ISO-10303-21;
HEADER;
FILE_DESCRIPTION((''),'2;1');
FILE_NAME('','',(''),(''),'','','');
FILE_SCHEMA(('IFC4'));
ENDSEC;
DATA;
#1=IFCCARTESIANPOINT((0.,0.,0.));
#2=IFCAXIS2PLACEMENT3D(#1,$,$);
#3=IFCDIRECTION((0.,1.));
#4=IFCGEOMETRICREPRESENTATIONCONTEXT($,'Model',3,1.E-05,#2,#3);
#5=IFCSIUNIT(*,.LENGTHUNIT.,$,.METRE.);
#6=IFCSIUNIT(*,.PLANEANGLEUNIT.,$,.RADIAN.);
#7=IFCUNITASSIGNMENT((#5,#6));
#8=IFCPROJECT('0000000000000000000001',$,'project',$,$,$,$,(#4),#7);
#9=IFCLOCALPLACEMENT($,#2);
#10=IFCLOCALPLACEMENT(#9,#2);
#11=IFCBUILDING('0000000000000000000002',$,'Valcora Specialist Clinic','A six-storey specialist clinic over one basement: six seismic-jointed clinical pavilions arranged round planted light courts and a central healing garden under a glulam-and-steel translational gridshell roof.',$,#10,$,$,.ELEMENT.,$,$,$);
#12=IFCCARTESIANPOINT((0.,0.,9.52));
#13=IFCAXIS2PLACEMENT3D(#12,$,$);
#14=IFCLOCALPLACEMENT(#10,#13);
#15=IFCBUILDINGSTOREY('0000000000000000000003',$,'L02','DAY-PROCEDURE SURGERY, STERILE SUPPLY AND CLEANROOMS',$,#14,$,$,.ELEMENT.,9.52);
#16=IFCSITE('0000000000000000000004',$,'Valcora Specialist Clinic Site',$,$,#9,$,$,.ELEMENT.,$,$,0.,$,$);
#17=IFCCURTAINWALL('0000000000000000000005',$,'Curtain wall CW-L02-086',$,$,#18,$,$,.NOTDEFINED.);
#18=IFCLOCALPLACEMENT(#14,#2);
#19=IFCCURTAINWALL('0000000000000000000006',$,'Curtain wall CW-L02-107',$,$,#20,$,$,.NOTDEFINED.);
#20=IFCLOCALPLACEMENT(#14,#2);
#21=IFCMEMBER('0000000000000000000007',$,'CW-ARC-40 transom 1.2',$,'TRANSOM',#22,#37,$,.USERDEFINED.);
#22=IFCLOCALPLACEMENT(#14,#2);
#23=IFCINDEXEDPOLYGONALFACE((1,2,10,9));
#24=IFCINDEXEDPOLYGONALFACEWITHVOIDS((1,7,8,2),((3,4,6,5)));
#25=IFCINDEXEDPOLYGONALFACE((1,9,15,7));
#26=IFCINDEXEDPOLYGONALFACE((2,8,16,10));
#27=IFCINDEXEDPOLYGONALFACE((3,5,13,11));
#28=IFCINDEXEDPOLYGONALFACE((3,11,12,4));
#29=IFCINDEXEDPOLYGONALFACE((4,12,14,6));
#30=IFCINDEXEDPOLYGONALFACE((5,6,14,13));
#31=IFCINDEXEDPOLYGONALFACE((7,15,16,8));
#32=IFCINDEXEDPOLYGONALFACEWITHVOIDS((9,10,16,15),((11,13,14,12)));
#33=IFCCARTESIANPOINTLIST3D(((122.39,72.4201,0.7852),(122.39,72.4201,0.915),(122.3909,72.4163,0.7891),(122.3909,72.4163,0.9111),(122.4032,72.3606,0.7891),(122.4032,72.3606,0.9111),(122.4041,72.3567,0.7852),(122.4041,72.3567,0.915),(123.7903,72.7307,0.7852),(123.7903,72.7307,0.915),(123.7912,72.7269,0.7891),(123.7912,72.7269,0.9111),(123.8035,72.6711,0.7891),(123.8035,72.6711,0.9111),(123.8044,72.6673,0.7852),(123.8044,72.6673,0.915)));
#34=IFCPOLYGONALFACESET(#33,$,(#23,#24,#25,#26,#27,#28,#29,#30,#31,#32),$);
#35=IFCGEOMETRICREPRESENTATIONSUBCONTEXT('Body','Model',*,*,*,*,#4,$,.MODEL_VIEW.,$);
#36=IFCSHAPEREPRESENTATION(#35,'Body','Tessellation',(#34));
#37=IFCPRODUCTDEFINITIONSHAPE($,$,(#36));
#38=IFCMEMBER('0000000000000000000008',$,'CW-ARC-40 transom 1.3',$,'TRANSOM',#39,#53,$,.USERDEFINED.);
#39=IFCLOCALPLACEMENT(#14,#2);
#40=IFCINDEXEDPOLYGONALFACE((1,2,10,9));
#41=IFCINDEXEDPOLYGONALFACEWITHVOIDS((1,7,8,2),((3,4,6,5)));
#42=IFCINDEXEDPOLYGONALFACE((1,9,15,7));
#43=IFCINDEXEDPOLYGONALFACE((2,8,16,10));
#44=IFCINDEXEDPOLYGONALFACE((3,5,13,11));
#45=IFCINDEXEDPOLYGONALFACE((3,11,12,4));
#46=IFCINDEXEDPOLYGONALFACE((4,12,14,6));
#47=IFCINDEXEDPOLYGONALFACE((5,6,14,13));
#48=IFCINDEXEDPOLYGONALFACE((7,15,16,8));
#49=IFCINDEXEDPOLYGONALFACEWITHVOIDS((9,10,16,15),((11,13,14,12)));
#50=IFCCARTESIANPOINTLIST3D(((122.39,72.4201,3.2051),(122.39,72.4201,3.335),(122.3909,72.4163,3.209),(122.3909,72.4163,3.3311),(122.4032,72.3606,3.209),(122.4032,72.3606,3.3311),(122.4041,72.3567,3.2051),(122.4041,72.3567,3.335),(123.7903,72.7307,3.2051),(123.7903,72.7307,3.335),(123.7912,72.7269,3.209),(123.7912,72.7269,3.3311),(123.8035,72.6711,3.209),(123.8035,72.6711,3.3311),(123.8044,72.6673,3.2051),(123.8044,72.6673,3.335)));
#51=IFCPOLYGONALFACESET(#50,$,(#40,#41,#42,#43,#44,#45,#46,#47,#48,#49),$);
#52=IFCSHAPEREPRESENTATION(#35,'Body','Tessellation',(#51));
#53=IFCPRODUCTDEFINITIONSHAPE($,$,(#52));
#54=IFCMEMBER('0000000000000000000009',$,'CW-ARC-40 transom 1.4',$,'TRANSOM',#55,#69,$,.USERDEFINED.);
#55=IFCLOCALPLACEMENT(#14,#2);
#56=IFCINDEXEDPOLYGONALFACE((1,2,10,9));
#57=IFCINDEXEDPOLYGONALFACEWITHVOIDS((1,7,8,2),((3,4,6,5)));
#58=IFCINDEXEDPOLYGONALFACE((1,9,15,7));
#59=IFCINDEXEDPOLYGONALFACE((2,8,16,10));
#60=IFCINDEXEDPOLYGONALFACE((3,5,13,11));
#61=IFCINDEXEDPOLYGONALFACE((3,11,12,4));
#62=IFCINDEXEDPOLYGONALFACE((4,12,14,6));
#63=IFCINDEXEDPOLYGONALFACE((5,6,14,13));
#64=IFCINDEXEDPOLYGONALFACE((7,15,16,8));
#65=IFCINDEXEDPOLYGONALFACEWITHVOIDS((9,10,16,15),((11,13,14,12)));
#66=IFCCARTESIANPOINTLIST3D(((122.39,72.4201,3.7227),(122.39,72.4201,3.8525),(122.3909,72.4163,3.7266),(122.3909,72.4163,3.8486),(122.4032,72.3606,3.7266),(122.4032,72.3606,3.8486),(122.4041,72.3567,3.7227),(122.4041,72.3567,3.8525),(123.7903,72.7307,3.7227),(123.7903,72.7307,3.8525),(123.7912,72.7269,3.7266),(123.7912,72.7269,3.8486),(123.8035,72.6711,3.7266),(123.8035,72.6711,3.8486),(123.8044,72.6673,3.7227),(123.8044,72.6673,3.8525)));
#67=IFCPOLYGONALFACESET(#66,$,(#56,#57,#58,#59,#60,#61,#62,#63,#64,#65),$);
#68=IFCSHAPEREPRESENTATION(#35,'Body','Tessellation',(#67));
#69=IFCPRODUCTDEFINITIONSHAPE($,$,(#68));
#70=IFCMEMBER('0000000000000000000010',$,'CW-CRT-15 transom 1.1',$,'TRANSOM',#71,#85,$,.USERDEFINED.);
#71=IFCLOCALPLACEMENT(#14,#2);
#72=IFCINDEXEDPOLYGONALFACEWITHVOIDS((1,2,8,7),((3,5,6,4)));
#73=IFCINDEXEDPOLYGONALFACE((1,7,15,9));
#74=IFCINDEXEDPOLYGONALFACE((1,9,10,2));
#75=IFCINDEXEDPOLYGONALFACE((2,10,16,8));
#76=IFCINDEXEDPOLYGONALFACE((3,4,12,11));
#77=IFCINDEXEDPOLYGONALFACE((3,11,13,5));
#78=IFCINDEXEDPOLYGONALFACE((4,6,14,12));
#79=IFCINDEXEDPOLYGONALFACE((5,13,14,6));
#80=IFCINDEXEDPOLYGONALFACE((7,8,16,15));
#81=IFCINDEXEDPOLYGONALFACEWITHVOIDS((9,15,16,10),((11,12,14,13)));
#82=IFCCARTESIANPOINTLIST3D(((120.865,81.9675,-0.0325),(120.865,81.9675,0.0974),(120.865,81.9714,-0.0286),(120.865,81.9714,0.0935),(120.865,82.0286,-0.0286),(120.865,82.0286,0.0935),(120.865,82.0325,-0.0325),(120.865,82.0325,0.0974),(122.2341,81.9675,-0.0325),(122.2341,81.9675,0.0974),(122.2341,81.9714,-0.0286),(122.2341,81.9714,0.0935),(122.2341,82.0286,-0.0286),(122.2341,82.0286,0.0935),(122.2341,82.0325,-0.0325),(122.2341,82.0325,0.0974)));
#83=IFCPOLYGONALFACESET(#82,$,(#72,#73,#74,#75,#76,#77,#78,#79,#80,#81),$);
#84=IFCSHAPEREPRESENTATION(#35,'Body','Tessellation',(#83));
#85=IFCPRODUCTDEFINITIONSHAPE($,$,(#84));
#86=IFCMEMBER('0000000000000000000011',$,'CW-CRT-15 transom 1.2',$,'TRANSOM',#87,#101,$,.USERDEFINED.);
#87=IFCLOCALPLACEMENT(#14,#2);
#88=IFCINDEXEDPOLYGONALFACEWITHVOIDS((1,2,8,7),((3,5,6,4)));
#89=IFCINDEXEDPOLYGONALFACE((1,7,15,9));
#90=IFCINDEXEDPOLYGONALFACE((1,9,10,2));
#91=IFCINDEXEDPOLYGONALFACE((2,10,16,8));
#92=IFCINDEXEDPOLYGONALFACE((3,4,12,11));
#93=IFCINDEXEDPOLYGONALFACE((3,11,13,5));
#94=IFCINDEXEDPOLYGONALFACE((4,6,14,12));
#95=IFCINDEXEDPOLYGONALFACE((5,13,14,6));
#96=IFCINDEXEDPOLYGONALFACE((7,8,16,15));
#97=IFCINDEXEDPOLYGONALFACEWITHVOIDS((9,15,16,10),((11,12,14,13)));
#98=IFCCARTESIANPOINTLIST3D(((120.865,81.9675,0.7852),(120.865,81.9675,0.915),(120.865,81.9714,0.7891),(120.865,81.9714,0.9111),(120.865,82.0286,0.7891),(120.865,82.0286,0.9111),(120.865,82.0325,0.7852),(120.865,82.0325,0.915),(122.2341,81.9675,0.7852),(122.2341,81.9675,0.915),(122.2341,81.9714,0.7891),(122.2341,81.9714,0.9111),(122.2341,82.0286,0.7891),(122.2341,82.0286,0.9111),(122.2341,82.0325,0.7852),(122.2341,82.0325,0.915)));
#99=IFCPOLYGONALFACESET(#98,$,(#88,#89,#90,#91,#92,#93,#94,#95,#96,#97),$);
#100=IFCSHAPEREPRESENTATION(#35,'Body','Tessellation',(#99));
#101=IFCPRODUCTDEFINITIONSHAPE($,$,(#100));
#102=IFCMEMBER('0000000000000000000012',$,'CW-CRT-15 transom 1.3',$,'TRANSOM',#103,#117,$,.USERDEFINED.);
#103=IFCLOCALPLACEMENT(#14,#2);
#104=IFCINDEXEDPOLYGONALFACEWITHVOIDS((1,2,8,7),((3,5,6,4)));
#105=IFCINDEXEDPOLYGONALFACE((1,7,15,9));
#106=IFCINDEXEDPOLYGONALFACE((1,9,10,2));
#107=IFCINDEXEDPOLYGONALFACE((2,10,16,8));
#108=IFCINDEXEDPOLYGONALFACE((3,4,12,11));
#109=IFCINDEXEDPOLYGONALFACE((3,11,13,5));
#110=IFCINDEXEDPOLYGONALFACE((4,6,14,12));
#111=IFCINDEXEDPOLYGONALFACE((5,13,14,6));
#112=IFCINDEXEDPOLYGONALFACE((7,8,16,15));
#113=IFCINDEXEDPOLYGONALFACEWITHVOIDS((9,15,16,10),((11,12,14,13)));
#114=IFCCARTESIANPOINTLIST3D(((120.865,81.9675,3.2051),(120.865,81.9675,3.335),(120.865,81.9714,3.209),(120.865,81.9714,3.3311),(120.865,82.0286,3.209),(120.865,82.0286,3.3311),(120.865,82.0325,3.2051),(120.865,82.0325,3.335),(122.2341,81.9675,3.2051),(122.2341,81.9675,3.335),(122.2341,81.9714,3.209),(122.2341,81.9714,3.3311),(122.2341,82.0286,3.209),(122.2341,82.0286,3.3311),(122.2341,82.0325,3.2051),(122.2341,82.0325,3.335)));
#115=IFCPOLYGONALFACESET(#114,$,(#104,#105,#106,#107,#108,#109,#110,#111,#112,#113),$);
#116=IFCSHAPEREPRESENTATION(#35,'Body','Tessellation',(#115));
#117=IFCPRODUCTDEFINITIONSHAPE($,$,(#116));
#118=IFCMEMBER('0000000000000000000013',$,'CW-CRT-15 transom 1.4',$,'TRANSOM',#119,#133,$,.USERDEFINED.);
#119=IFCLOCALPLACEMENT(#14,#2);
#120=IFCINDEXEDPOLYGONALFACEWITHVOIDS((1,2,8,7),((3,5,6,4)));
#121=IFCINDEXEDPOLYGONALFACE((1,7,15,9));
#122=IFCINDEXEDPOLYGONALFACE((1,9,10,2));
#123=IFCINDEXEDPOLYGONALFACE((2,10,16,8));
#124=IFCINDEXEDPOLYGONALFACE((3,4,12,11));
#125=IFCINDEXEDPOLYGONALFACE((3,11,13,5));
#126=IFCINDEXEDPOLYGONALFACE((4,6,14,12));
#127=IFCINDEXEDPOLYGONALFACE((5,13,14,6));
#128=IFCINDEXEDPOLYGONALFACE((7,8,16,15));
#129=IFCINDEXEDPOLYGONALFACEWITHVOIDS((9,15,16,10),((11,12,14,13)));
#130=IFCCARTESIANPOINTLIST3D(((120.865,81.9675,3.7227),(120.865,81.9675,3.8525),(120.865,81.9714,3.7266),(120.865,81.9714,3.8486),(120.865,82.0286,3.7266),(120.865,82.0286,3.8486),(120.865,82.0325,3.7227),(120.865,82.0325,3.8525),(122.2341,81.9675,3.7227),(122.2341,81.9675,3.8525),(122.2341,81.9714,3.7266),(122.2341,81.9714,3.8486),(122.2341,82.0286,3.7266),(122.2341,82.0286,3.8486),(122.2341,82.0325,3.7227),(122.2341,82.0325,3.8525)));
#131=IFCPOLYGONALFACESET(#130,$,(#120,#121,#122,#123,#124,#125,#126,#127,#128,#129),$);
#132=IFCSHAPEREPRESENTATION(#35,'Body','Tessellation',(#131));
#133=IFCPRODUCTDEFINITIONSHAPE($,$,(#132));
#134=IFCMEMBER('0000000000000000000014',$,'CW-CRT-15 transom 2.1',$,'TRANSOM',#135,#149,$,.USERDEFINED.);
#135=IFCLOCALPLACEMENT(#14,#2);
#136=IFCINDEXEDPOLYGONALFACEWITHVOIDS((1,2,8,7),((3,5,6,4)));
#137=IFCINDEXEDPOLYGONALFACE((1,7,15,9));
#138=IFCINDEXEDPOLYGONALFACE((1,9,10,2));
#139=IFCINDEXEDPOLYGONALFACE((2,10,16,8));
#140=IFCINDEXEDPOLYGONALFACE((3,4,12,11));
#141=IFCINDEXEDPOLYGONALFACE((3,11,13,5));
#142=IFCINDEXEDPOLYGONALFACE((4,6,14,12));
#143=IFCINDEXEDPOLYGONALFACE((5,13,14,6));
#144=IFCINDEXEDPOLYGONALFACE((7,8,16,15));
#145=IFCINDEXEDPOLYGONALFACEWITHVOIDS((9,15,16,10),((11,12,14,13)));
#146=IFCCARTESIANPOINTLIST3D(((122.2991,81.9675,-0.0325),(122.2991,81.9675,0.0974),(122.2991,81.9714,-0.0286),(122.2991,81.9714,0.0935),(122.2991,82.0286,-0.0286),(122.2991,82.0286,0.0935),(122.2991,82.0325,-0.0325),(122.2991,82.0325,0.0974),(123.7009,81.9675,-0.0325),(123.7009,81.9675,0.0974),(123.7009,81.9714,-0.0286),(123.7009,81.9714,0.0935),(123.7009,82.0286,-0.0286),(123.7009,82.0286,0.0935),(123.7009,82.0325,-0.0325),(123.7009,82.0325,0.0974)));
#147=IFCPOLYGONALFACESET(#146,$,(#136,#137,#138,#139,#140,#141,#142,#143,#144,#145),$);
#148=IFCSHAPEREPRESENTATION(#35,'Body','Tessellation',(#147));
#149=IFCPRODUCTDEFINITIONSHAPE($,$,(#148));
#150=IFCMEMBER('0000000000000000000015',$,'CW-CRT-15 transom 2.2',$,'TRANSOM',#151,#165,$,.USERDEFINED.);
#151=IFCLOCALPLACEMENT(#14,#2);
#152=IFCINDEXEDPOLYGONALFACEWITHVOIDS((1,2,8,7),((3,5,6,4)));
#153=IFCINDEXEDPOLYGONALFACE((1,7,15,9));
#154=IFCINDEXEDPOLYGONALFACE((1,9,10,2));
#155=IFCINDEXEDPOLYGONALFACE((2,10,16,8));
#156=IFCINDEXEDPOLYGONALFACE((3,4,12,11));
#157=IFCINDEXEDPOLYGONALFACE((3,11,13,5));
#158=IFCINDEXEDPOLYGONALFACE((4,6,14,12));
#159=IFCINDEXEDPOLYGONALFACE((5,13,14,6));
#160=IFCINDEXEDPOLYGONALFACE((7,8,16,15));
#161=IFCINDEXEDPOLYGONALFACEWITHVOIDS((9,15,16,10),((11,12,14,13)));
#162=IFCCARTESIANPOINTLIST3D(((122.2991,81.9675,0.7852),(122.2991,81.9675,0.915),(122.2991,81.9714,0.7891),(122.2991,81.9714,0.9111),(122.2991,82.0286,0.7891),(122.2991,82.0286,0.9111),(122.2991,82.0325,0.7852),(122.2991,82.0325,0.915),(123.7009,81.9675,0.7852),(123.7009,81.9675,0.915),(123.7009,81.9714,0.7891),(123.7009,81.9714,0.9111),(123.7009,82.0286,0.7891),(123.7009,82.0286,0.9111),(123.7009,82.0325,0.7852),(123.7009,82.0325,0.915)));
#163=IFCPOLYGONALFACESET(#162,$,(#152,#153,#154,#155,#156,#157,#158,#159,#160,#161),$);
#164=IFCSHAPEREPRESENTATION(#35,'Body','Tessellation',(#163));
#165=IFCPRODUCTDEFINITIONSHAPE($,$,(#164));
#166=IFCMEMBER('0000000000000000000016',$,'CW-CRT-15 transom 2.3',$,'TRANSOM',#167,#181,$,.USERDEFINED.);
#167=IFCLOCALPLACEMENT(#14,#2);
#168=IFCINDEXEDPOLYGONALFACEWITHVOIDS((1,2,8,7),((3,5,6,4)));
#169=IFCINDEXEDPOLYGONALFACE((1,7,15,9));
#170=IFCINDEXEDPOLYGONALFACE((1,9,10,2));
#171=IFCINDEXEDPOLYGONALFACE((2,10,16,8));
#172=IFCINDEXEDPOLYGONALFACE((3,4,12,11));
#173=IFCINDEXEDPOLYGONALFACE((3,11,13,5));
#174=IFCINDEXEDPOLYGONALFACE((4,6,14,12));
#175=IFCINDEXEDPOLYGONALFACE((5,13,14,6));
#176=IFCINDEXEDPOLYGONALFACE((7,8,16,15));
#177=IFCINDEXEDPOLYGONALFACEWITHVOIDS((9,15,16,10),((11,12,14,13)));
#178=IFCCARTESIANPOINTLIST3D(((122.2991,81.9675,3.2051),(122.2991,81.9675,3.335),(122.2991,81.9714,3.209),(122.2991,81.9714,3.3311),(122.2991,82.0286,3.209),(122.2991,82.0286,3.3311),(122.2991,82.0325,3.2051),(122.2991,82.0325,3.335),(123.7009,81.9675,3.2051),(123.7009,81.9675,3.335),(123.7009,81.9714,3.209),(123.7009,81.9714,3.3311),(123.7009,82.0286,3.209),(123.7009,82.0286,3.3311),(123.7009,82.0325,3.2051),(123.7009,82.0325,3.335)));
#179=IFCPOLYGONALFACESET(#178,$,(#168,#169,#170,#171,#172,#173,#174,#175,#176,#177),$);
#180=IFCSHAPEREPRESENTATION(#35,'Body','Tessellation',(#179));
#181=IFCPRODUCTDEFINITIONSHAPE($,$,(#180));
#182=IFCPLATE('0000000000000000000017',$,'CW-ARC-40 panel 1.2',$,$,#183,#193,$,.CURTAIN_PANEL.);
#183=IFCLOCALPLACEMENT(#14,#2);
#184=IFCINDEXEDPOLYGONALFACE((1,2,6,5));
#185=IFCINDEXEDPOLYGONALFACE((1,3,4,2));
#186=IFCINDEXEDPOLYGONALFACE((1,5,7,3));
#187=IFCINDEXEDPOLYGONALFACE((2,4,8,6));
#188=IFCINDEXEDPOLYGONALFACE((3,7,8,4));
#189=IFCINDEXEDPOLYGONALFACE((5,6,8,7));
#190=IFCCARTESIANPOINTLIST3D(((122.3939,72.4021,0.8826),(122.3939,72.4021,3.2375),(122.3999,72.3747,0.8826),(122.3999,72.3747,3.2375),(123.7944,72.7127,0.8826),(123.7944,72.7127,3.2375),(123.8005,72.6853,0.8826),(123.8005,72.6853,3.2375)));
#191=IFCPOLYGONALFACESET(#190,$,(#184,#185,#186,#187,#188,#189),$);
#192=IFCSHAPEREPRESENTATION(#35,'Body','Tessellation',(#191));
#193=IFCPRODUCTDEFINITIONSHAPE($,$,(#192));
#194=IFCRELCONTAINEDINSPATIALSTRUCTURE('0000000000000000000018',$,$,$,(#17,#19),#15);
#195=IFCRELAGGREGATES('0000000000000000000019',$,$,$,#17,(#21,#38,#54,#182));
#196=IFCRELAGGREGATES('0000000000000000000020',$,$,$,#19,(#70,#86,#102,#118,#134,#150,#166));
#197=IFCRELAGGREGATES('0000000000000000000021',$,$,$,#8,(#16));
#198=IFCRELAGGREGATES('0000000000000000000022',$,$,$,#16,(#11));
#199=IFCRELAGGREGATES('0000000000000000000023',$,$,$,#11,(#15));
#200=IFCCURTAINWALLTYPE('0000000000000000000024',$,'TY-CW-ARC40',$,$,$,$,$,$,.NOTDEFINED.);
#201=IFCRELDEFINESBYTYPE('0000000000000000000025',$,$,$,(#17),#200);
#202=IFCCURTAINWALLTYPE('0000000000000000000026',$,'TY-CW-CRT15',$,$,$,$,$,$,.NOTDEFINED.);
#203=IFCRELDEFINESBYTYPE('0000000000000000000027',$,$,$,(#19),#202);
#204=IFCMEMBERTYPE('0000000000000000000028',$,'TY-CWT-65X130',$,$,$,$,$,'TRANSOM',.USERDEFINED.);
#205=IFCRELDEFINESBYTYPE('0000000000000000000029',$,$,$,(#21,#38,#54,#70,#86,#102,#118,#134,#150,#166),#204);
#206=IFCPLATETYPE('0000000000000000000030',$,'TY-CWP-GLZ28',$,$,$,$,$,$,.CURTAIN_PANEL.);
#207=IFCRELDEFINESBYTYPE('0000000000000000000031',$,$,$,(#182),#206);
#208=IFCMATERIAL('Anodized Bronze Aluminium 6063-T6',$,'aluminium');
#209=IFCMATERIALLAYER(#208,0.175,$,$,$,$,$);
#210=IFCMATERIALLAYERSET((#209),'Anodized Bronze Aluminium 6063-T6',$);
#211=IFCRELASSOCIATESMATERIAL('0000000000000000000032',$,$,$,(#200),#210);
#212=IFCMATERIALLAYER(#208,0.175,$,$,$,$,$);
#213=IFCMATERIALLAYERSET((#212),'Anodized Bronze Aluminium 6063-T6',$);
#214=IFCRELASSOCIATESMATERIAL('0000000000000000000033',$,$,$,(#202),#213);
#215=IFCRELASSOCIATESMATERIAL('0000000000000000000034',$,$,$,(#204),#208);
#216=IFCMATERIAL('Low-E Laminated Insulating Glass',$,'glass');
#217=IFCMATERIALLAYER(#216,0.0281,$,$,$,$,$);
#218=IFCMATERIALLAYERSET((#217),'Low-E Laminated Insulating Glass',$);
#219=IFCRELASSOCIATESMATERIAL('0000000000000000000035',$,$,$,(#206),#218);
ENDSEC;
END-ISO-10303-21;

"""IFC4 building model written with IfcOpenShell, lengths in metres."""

from ifc_helpers import new_model, si_unit, direction, frame, origin, origin_2d, place, context, subcontext, project, spatial, rectangle, hollow_rectangle, extrude, material, layer, layer_set, material_profile, profile_set, type_object, element, aggregate, save


model = new_model("IFC4")

# Units and contexts
model_context = context("Model", 3, precision=1e-05, world=origin(), true_north=direction((0.0, 1.0)))
body_context = subcontext(model_context, "Body", "Model", "MODEL_VIEW")
ifc_project = project(units=[si_unit("LENGTHUNIT", "METRE"), si_unit("PLANEANGLEUNIT", "RADIAN")], contexts=[model_context])

# Site, building, storey
site_placement = place(None, origin())
site = spatial("IfcSite", under=ifc_project, at=site_placement, Name="Valcora Specialist Clinic Site", CompositionType="ELEMENT", RefElevation=0.0)
building_placement = place(site_placement, origin())
building = spatial("IfcBuilding", under=site, at=building_placement, Name="Valcora Specialist Clinic", Description="A six-storey specialist clinic over one basement: six seismic-jointed clinical pavilions arranged round planted light courts and a central healing garden under a glulam-and-steel translational gridshell roof.", CompositionType="ELEMENT")
storey_placement = place(building_placement, frame((0.0, 0.0, 9.52)))
storey = spatial("IfcBuildingStorey", under=building, at=storey_placement, Name="L02", Description="DAY-PROCEDURE SURGERY, STERILE SUPPLY AND CLEANROOMS", CompositionType="ELEMENT", Elevation=9.52)

# Shared definitions
ifc_material_1 = material(Name="Anodized Bronze Aluminium 6063-T6", Category="aluminium")
ifc_layer_1 = layer(ifc_material_1, 0.175)
ifc_layer_set_1 = layer_set([ifc_layer_1], Name="Anodized Bronze Aluminium 6063-T6")
curtain_wall_type_1 = type_object("IfcCurtainWallType", Name="TY-CW-ARC40", PredefinedType="NOTDEFINED", material=ifc_layer_set_1)

# Curtain wall
curtain_wall_1_placement = place(storey_placement, origin())
curtain_wall_1 = element("IfcCurtainWall", 1, at=curtain_wall_1_placement, inside=storey, type_object=curtain_wall_type_1, Name="Curtain wall CW-L02-086", PredefinedType="NOTDEFINED")

# Shared definitions
ifc_layer_2 = layer(ifc_material_1, 0.175)
ifc_layer_set_2 = layer_set([ifc_layer_2], Name="Anodized Bronze Aluminium 6063-T6")
curtain_wall_type_2 = type_object("IfcCurtainWallType", Name="TY-CW-CRT15", PredefinedType="NOTDEFINED", material=ifc_layer_set_2)

# Curtain wall
curtain_wall_2_placement = place(storey_placement, origin())
curtain_wall_2 = element("IfcCurtainWall", 2, at=curtain_wall_2_placement, inside=storey, type_object=curtain_wall_type_2, Name="Curtain wall CW-L02-107", PredefinedType="NOTDEFINED")

# Members
ifc_material_profile_1 = material_profile(ifc_material_1, hollow_rectangle(XDim=0.0649, YDim=0.1299, WallThickness=0.0039, at=origin_2d()), Name="AL-TRN-65X130")
ifc_profile_set_1 = profile_set([ifc_material_profile_1], Name="Anodized Bronze Aluminium 6063-T6")
member_type_1 = type_object("IfcMemberType", Name="TY-CWT-65X130", ElementType="TRANSOM", PredefinedType="USERDEFINED", material=ifc_profile_set_1)
member_1_placement = place(storey_placement, frame((123.7974, 72.699, 0.8501), z_axis=(-0.976283, -0.216498, 0.0), x_axis=(0.216498, -0.976283, 0.0)))
member_1 = element("IfcMember", 3, at=member_1_placement, type_object=member_type_1, Name="CW-ARC-40 transom 1.2", ObjectType="TRANSOM", PredefinedType="USERDEFINED", context=body_context, shape_type="SweptSolid", body=[
    extrude(hollow_rectangle(XDim=0.0649, YDim=0.1299, WallThickness=0.0039, at=origin_2d()), origin(), (0.0, 0.0, 1.0), 1.4343),
])
member_2_placement = place(storey_placement, frame((123.7974, 72.699, 3.27), z_axis=(-0.976283, -0.216498, 0.0), x_axis=(0.216498, -0.976283, 0.0)))
member_2 = element("IfcMember", 4, at=member_2_placement, type_object=member_type_1, Name="CW-ARC-40 transom 1.3", ObjectType="TRANSOM", PredefinedType="USERDEFINED", context=body_context, shape_type="SweptSolid", body=[
    extrude(hollow_rectangle(XDim=0.0649, YDim=0.1299, WallThickness=0.0039, at=origin_2d()), origin(), (0.0, 0.0, 1.0), 1.4343),
])
member_3_placement = place(storey_placement, frame((123.7974, 72.699, 3.7876), z_axis=(-0.976283, -0.216498, 0.0), x_axis=(0.216498, -0.976283, 0.0)))
member_3 = element("IfcMember", 5, at=member_3_placement, type_object=member_type_1, Name="CW-ARC-40 transom 1.4", ObjectType="TRANSOM", PredefinedType="USERDEFINED", context=body_context, shape_type="SweptSolid", body=[
    extrude(hollow_rectangle(XDim=0.0649, YDim=0.1299, WallThickness=0.0039, at=origin_2d()), origin(), (0.0, 0.0, 1.0), 1.4343),
])
member_4_placement = place(storey_placement, frame((120.865, 82.0, 0.0325), z_axis=(1.0, 0.0, 0.0), x_axis=(0.0, 1.0, 0.0)))
member_4 = element("IfcMember", 6, at=member_4_placement, type_object=member_type_1, Name="CW-CRT-15 transom 1.1", ObjectType="TRANSOM", PredefinedType="USERDEFINED", context=body_context, shape_type="SweptSolid", body=[
    extrude(hollow_rectangle(XDim=0.0649, YDim=0.1299, WallThickness=0.0039, at=origin_2d()), origin(), (0.0, 0.0, 1.0), 1.3691),
])
member_5_placement = place(storey_placement, frame((120.865, 82.0, 0.8501), z_axis=(1.0, 0.0, 0.0), x_axis=(0.0, 1.0, 0.0)))
member_5 = element("IfcMember", 7, at=member_5_placement, type_object=member_type_1, Name="CW-CRT-15 transom 1.2", ObjectType="TRANSOM", PredefinedType="USERDEFINED", context=body_context, shape_type="SweptSolid", body=[
    extrude(hollow_rectangle(XDim=0.0649, YDim=0.1299, WallThickness=0.0039, at=origin_2d()), origin(), (0.0, 0.0, 1.0), 1.3691),
])
member_6_placement = place(storey_placement, frame((120.865, 82.0, 3.27), z_axis=(1.0, 0.0, 0.0), x_axis=(0.0, 1.0, 0.0)))
member_6 = element("IfcMember", 8, at=member_6_placement, type_object=member_type_1, Name="CW-CRT-15 transom 1.3", ObjectType="TRANSOM", PredefinedType="USERDEFINED", context=body_context, shape_type="SweptSolid", body=[
    extrude(hollow_rectangle(XDim=0.0649, YDim=0.1299, WallThickness=0.0039, at=origin_2d()), origin(), (0.0, 0.0, 1.0), 1.3691),
])
member_7_placement = place(storey_placement, frame((120.865, 82.0, 3.7876), z_axis=(1.0, 0.0, 0.0), x_axis=(0.0, 1.0, 0.0)))
member_7 = element("IfcMember", 9, at=member_7_placement, type_object=member_type_1, Name="CW-CRT-15 transom 1.4", ObjectType="TRANSOM", PredefinedType="USERDEFINED", context=body_context, shape_type="SweptSolid", body=[
    extrude(hollow_rectangle(XDim=0.0649, YDim=0.1299, WallThickness=0.0039, at=origin_2d()), origin(), (0.0, 0.0, 1.0), 1.3691),
])
member_8_placement = place(storey_placement, frame((122.2991, 82.0, 0.0325), z_axis=(1.0, 0.0, 0.0), x_axis=(0.0, 1.0, 0.0)))
member_8 = element("IfcMember", 10, at=member_8_placement, type_object=member_type_1, Name="CW-CRT-15 transom 2.1", ObjectType="TRANSOM", PredefinedType="USERDEFINED", context=body_context, shape_type="SweptSolid", body=[
    extrude(hollow_rectangle(XDim=0.0649, YDim=0.1299, WallThickness=0.0039, at=origin_2d()), origin(), (0.0, 0.0, 1.0), 1.4019),
])
member_9_placement = place(storey_placement, frame((122.2991, 82.0, 0.8501), z_axis=(1.0, 0.0, 0.0), x_axis=(0.0, 1.0, 0.0)))
member_9 = element("IfcMember", 11, at=member_9_placement, type_object=member_type_1, Name="CW-CRT-15 transom 2.2", ObjectType="TRANSOM", PredefinedType="USERDEFINED", context=body_context, shape_type="SweptSolid", body=[
    extrude(hollow_rectangle(XDim=0.0649, YDim=0.1299, WallThickness=0.0039, at=origin_2d()), origin(), (0.0, 0.0, 1.0), 1.4019),
])
member_10_placement = place(storey_placement, frame((122.2991, 82.0, 3.27), z_axis=(1.0, 0.0, 0.0), x_axis=(0.0, 1.0, 0.0)))
member_10 = element("IfcMember", 12, at=member_10_placement, type_object=member_type_1, Name="CW-CRT-15 transom 2.3", ObjectType="TRANSOM", PredefinedType="USERDEFINED", context=body_context, shape_type="SweptSolid", body=[
    extrude(hollow_rectangle(XDim=0.0649, YDim=0.1299, WallThickness=0.0039, at=origin_2d()), origin(), (0.0, 0.0, 1.0), 1.4019),
])

# Plate
ifc_material_2 = material(Name="Low-E Laminated Insulating Glass", Category="glass")
ifc_layer_3 = layer(ifc_material_2, 0.0281)
ifc_layer_set_3 = layer_set([ifc_layer_3], Name="Low-E Laminated Insulating Glass")
plate_type_1 = type_object("IfcPlateType", Name="TY-CWP-GLZ28", PredefinedType="CURTAIN_PANEL", material=ifc_layer_set_3)
plate_1_placement = place(storey_placement, frame((123.0972, 72.5437, 0.8826), z_axis=(0.0, 0.0, 1.0), x_axis=(-0.976279, -0.216518, 0.0)))
plate_1 = element("IfcPlate", 13, at=plate_1_placement, type_object=plate_type_1, Name="CW-ARC-40 panel 1.2", PredefinedType="CURTAIN_PANEL", context=body_context, shape_type="SweptSolid", body=[
    extrude(rectangle(XDim=1.4346, YDim=0.0281, at=origin_2d()), origin(), (0.0, 0.0, 1.0), 2.355),
])
aggregate(curtain_wall_1, [member_1, member_2, member_3, plate_1])
aggregate(curtain_wall_2, [member_4, member_5, member_6, member_7, member_8, member_9, member_10])

save(model, "model.ifc")
